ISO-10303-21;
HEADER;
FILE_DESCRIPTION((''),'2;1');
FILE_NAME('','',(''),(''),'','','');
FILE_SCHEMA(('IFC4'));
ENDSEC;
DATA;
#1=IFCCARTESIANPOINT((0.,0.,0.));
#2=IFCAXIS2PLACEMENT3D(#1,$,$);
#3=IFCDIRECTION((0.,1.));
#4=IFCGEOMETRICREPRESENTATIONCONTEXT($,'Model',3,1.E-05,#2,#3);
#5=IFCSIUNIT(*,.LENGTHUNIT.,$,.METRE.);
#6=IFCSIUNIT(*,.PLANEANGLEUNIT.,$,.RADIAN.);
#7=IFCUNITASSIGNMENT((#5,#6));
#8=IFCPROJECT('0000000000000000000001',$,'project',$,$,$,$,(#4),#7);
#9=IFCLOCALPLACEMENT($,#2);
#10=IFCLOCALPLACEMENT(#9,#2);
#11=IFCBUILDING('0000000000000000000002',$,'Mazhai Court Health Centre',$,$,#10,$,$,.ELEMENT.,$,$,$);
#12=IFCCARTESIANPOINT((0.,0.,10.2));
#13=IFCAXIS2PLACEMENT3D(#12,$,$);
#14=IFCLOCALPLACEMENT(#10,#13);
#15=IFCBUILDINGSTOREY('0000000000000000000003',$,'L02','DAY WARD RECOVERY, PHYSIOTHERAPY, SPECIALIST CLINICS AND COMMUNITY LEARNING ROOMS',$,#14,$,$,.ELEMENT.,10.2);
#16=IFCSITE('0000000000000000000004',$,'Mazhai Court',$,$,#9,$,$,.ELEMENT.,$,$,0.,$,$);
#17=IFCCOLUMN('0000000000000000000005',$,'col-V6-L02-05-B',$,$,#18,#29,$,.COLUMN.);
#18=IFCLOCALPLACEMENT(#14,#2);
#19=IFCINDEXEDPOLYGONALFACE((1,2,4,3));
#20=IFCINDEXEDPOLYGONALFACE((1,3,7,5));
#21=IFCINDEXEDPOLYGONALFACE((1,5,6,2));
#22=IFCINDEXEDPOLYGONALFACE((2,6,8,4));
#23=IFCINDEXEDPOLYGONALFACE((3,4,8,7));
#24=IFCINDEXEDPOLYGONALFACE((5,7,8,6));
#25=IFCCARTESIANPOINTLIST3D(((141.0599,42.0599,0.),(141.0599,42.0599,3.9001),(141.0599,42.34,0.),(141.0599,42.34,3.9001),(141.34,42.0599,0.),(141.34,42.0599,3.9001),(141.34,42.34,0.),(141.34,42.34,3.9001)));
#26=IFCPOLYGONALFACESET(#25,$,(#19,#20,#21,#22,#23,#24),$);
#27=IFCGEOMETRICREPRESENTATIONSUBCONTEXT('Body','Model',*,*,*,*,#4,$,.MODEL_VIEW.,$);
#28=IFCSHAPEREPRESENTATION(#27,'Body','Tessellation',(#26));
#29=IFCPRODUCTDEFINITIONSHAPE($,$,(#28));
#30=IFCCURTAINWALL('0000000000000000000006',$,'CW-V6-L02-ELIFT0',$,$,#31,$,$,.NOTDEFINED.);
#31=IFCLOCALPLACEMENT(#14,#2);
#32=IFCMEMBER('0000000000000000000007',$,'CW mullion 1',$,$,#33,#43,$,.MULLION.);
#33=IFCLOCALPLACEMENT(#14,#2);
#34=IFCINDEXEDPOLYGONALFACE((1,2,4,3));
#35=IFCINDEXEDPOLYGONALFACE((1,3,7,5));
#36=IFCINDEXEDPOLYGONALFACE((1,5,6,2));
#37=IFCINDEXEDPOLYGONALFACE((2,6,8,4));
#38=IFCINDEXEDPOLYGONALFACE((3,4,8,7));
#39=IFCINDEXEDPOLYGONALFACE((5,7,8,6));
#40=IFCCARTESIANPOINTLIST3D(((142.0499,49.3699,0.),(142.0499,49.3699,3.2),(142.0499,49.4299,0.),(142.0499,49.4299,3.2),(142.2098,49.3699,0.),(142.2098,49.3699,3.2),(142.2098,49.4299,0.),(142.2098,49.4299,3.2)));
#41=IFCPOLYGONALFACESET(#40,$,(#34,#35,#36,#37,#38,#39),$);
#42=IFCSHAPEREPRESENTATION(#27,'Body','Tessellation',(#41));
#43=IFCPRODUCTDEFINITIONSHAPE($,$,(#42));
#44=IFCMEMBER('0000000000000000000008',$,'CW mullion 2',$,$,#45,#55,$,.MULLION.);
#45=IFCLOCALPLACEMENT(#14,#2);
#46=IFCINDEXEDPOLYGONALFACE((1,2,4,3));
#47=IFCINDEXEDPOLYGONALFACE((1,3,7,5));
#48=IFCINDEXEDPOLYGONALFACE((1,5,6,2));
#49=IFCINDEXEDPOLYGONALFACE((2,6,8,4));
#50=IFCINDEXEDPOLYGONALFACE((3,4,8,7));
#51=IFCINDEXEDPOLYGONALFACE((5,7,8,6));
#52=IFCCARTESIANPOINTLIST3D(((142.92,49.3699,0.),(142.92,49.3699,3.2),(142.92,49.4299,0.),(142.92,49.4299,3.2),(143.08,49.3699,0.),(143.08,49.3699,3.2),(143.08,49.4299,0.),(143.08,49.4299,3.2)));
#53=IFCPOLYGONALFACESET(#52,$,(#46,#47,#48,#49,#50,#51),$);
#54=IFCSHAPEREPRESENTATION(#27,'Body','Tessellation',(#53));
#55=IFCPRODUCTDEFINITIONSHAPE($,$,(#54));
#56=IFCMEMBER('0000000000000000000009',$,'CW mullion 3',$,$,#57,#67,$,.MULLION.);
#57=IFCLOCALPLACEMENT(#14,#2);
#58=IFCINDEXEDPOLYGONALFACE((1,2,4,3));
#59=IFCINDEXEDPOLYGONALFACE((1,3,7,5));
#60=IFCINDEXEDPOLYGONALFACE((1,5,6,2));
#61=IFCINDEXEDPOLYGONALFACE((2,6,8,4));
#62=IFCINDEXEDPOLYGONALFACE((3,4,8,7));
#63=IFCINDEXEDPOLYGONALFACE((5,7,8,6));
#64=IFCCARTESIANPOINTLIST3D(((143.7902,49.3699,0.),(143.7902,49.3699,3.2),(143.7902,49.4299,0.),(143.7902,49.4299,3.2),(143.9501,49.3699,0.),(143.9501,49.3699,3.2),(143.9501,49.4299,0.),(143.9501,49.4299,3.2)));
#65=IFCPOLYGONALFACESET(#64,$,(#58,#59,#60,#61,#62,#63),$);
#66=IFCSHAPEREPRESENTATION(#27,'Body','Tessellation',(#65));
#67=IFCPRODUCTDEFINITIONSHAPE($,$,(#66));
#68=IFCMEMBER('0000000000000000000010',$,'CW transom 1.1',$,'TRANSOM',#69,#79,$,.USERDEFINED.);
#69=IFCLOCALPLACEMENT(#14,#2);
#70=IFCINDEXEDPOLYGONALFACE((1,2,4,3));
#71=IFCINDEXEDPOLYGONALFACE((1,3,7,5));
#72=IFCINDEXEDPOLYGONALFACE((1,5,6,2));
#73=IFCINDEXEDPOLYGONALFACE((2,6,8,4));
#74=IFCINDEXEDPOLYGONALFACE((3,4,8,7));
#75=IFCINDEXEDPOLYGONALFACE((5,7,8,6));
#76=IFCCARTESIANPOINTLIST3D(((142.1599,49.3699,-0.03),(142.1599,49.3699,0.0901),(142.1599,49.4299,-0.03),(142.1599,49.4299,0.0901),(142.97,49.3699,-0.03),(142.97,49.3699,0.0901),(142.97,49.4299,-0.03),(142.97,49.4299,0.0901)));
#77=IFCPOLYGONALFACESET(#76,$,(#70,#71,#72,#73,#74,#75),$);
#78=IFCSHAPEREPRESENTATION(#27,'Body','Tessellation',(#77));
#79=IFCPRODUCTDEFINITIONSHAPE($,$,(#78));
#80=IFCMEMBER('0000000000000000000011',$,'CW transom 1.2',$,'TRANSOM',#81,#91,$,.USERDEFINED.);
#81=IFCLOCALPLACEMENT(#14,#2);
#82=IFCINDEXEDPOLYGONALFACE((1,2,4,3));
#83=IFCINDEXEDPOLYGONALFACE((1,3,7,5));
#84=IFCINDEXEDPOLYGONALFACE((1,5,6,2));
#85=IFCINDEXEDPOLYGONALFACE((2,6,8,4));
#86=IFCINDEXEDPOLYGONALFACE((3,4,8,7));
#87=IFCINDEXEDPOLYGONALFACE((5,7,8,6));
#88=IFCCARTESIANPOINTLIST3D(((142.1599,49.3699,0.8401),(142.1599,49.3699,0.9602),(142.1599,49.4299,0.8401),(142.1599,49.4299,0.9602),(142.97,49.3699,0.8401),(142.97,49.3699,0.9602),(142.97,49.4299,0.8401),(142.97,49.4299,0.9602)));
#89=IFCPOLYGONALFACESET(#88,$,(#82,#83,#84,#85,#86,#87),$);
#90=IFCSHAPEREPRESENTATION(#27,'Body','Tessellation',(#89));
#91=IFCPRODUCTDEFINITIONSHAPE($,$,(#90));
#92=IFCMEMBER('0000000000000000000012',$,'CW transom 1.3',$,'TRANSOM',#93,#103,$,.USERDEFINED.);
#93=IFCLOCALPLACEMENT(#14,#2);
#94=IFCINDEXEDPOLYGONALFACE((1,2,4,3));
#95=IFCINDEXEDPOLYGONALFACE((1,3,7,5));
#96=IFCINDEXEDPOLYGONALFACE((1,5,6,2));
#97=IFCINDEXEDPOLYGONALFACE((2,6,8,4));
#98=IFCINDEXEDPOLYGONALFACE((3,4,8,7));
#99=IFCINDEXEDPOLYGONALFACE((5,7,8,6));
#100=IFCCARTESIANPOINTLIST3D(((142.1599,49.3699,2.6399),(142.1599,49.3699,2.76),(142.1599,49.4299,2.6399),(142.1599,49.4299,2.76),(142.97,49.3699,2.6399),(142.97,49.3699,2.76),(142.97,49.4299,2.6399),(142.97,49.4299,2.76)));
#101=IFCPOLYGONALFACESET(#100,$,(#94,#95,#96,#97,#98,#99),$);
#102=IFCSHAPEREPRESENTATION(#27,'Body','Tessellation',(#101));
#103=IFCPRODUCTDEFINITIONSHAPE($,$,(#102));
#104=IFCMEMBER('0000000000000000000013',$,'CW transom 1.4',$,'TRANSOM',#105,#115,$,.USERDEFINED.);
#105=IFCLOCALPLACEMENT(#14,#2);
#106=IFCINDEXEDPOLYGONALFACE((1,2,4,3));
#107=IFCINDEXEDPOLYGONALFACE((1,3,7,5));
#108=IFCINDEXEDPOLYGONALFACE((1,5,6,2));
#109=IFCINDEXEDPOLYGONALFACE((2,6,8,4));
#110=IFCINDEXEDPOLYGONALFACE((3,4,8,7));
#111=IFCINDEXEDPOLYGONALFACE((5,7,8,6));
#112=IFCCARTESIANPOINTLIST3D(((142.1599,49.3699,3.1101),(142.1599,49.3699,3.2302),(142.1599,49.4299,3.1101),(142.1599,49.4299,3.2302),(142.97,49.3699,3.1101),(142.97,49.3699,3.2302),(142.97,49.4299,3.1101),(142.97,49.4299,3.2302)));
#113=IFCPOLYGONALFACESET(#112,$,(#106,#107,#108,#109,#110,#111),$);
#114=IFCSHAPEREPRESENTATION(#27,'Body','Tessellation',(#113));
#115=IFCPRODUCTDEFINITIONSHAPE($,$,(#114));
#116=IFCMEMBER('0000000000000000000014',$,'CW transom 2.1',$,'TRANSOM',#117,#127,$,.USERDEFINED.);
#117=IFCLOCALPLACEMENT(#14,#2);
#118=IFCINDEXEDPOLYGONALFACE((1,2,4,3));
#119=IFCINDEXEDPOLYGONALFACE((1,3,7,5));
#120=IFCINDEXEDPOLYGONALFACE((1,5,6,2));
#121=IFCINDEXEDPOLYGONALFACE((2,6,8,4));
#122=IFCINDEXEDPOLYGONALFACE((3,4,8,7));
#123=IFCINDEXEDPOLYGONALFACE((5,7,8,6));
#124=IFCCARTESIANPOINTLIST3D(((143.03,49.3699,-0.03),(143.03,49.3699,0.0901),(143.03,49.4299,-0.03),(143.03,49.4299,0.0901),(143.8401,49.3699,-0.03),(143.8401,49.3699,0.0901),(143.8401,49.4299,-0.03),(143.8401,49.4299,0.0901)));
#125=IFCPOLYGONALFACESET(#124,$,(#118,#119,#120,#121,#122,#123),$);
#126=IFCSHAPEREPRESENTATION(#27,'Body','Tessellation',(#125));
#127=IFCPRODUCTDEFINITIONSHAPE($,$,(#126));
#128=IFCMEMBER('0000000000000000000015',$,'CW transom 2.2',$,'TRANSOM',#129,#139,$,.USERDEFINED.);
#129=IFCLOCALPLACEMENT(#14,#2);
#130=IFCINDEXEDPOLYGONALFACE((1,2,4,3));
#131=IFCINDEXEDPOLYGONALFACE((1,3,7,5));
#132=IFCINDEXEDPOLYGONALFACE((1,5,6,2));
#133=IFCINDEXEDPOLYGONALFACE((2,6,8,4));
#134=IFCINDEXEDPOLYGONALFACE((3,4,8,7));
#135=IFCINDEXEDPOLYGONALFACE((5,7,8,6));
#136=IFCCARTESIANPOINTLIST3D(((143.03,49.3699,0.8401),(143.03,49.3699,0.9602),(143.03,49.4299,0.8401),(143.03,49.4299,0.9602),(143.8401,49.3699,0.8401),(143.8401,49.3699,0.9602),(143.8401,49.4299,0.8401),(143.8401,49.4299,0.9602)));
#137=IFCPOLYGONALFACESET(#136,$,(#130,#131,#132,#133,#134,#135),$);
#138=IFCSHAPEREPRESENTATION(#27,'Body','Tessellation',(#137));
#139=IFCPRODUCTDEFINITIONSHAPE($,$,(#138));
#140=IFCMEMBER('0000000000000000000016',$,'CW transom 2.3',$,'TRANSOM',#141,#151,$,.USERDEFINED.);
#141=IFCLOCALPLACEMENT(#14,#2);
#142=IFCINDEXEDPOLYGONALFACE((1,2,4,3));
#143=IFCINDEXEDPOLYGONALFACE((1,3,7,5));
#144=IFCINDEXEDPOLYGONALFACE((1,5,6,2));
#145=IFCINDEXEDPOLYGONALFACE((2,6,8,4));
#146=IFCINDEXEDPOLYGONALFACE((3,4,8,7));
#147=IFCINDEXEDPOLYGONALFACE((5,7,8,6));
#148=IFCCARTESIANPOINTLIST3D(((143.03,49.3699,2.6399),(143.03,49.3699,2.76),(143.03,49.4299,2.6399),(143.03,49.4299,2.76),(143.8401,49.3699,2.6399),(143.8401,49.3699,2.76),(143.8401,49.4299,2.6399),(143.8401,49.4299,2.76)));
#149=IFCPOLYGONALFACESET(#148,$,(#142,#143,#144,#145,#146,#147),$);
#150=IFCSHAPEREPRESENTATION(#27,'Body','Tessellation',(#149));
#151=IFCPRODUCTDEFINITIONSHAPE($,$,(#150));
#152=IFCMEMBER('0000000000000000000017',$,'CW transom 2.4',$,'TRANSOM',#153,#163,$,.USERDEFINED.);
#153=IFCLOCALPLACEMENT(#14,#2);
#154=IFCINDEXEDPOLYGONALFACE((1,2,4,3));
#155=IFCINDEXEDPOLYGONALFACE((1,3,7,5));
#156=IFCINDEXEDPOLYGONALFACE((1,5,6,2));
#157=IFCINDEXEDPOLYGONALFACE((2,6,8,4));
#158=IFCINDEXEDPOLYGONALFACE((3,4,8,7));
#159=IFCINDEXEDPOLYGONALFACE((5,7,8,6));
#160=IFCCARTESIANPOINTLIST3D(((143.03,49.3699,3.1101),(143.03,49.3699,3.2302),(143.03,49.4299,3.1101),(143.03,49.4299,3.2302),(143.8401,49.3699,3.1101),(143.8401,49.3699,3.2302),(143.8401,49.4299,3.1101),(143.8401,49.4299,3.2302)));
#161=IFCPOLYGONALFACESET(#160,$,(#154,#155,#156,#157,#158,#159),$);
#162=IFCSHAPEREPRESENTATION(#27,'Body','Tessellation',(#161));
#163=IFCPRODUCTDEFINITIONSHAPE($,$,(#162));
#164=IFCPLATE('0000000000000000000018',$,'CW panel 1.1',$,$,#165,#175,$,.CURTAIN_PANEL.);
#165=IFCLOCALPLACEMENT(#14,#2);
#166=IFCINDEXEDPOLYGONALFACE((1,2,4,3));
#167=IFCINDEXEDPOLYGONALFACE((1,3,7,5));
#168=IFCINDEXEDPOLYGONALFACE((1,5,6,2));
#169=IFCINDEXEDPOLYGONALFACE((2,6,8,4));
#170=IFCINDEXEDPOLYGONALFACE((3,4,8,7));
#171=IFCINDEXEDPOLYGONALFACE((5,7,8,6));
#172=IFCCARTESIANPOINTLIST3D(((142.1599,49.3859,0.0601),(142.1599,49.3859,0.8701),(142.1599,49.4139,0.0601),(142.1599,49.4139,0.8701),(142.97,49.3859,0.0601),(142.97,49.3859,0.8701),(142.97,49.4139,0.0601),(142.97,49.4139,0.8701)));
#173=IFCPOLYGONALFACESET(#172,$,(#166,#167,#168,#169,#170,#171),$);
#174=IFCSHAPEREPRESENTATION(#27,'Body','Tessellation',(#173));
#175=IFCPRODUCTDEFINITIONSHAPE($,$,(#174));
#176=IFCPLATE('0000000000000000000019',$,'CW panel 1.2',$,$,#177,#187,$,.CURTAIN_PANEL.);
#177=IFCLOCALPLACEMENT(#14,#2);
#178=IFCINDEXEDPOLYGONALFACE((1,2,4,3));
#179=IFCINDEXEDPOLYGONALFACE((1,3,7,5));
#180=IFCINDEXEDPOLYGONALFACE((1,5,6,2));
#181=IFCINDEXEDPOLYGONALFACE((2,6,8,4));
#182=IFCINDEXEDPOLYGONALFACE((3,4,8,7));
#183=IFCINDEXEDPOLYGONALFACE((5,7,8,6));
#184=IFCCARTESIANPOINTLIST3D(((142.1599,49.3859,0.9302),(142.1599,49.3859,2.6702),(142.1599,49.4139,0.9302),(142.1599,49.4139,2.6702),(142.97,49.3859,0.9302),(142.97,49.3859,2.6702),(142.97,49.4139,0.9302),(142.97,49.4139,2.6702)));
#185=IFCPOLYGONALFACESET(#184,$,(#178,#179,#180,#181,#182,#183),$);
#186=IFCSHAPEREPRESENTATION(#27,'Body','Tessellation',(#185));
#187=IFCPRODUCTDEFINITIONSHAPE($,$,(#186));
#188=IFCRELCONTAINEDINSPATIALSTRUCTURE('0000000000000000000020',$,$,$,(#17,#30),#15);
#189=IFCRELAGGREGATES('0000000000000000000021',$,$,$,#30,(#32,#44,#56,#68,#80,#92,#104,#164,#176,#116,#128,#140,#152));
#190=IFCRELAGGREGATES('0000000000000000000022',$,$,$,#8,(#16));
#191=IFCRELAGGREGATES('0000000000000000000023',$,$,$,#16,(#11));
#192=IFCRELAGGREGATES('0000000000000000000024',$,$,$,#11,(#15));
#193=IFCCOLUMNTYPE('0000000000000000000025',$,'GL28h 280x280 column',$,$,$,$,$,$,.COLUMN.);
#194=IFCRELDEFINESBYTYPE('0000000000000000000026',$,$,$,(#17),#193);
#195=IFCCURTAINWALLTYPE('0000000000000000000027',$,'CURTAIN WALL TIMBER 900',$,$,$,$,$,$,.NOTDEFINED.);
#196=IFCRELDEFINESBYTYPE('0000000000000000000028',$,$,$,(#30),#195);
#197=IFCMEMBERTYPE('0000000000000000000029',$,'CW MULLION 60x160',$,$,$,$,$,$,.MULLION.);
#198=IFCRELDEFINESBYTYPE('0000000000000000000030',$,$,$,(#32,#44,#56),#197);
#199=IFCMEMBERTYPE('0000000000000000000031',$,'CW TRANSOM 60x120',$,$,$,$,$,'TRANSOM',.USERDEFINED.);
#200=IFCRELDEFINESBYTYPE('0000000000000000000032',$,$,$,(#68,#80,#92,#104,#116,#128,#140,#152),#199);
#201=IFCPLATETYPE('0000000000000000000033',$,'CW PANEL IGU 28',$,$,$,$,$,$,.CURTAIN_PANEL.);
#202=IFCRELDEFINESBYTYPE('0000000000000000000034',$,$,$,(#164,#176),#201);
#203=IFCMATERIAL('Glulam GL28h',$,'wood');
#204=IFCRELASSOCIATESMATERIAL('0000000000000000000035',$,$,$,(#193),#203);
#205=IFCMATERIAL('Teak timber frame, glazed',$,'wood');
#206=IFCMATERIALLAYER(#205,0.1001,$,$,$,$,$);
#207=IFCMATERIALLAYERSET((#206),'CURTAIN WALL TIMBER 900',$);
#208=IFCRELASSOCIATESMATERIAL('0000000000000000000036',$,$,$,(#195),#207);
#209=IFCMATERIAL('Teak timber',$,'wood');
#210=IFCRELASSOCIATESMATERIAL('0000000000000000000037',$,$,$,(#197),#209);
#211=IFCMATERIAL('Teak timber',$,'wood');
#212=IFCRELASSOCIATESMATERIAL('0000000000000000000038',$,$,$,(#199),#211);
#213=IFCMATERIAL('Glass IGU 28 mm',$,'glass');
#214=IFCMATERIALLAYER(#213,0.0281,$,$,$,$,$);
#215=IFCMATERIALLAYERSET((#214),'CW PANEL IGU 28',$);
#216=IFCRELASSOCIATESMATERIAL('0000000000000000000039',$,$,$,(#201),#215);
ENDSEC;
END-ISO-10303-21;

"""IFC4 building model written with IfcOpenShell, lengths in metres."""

from ifc_helpers import new_model, si_unit, direction, frame, origin, origin_2d, place, context, subcontext, project, spatial, rectangle, extrude, material, layer, layer_set, material_profile, profile_set, type_object, element, aggregate, save


model = new_model("IFC4")

# Units and contexts
model_context = context("Model", 3, precision=1e-05, world=origin(), true_north=direction((0.0, 1.0)))
body_context = subcontext(model_context, "Body", "Model", "MODEL_VIEW")
ifc_project = project(units=[si_unit("LENGTHUNIT", "METRE"), si_unit("PLANEANGLEUNIT", "RADIAN")], contexts=[model_context])

# Site, building, storey
site_placement = place(None, origin())
site = spatial("IfcSite", under=ifc_project, at=site_placement, Name="Mazhai Court", CompositionType="ELEMENT", RefElevation=0.0)
building_placement = place(site_placement, origin())
building = spatial("IfcBuilding", under=site, at=building_placement, Name="Mazhai Court Health Centre", CompositionType="ELEMENT")
storey_placement = place(building_placement, frame((0.0, 0.0, 10.2)))
storey = spatial("IfcBuildingStorey", under=building, at=storey_placement, Name="L02", Description="DAY WARD RECOVERY, PHYSIOTHERAPY, SPECIALIST CLINICS AND COMMUNITY LEARNING ROOMS", CompositionType="ELEMENT", Elevation=10.2)

# Column
ifc_material_1 = material(Name="Glulam GL28h", Category="wood")
ifc_material_profile_1 = material_profile(ifc_material_1, rectangle(XDim=0.28, YDim=0.28, at=origin_2d()), Name="GL28h 280x280")
ifc_profile_set_1 = profile_set([ifc_material_profile_1], Name="Glulam GL28h")
column_type = type_object("IfcColumnType", Name="GL28h 280x280 column", PredefinedType="COLUMN", material=ifc_profile_set_1)
column_placement = place(storey_placement, frame((141.2, 42.2, 0.0), z_axis=(0.0, 0.0, 1.0), x_axis=(1.0, 0.0, 0.0)))
element("IfcColumn", 1, at=column_placement, inside=storey, type_object=column_type, Name="col-V6-L02-05-B", PredefinedType="COLUMN", context=body_context, shape_type="SweptSolid", body=[
    extrude(rectangle(XDim=0.28, YDim=0.28, at=origin_2d()), origin(), (0.0, 0.0, 1.0), 3.9001),
])

# Curtain wall, members, plates
ifc_material_2 = material(Name="Teak timber frame, glazed", Category="wood")
ifc_layer_1 = layer(ifc_material_2, 0.1001)
ifc_layer_set_1 = layer_set([ifc_layer_1], Name="CURTAIN WALL TIMBER 900")
curtain_wall_type = type_object("IfcCurtainWallType", Name="CURTAIN WALL TIMBER 900", PredefinedType="NOTDEFINED", material=ifc_layer_set_1)
curtain_wall_placement = place(storey_placement, origin())
curtain_wall = element("IfcCurtainWall", 2, at=curtain_wall_placement, inside=storey, type_object=curtain_wall_type, Name="CW-V6-L02-ELIFT0", PredefinedType="NOTDEFINED")
ifc_material_3 = material(Name="Teak timber", Category="wood")
ifc_material_profile_2 = material_profile(ifc_material_3, rectangle(XDim=0.0601, YDim=0.1599, at=origin_2d()), Name="CW MULLION 60x160")
ifc_profile_set_2 = profile_set([ifc_material_profile_2], Name="Teak timber")
member_type_1 = type_object("IfcMemberType", Name="CW MULLION 60x160", PredefinedType="MULLION", material=ifc_profile_set_2)
member_1_placement = place(storey_placement, frame((142.1299, 49.3999, 0.0), z_axis=(0.0, 0.0, 1.0), x_axis=(0.0, 1.0, 0.0)))
member_1 = element("IfcMember", 3, at=member_1_placement, type_object=member_type_1, Name="CW mullion 1", PredefinedType="MULLION", context=body_context, shape_type="SweptSolid", body=[
    extrude(rectangle(XDim=0.0601, YDim=0.1599, at=origin_2d()), origin(), (0.0, 0.0, 1.0), 3.2),
])
member_2_placement = place(storey_placement, frame((143.0, 49.3999, 0.0), z_axis=(0.0, 0.0, 1.0), x_axis=(0.0, 1.0, 0.0)))
member_2 = element("IfcMember", 4, at=member_2_placement, type_object=member_type_1, Name="CW mullion 2", PredefinedType="MULLION", context=body_context, shape_type="SweptSolid", body=[
    extrude(rectangle(XDim=0.0601, YDim=0.1599, at=origin_2d()), origin(), (0.0, 0.0, 1.0), 3.2),
])
member_3_placement = place(storey_placement, frame((143.8701, 49.3999, 0.0), z_axis=(0.0, 0.0, 1.0), x_axis=(0.0, 1.0, 0.0)))
member_3 = element("IfcMember", 5, at=member_3_placement, type_object=member_type_1, Name="CW mullion 3", PredefinedType="MULLION", context=body_context, shape_type="SweptSolid", body=[
    extrude(rectangle(XDim=0.0601, YDim=0.1599, at=origin_2d()), origin(), (0.0, 0.0, 1.0), 3.2),
])
ifc_material_4 = material(Name="Teak timber", Category="wood")
ifc_material_profile_3 = material_profile(ifc_material_4, rectangle(XDim=0.0601, YDim=0.1201, at=origin_2d()), Name="CW TRANSOM 60x120")
ifc_profile_set_3 = profile_set([ifc_material_profile_3], Name="Teak timber")
member_type_2 = type_object("IfcMemberType", Name="CW TRANSOM 60x120", ElementType="TRANSOM", PredefinedType="USERDEFINED", material=ifc_profile_set_3)
member_4_placement = place(storey_placement, frame((142.1599, 49.3999, 0.03), z_axis=(1.0, 0.0, 0.0), x_axis=(0.0, 1.0, 0.0)))
member_4 = element("IfcMember", 6, at=member_4_placement, type_object=member_type_2, Name="CW transom 1.1", ObjectType="TRANSOM", PredefinedType="USERDEFINED", context=body_context, shape_type="SweptSolid", body=[
    extrude(rectangle(XDim=0.0601, YDim=0.1201, at=origin_2d()), origin(), (0.0, 0.0, 1.0), 0.8101),
])
member_5_placement = place(storey_placement, frame((142.1599, 49.3999, 0.9001), z_axis=(1.0, 0.0, 0.0), x_axis=(0.0, 1.0, 0.0)))
member_5 = element("IfcMember", 7, at=member_5_placement, type_object=member_type_2, Name="CW transom 1.2", ObjectType="TRANSOM", PredefinedType="USERDEFINED", context=body_context, shape_type="SweptSolid", body=[
    extrude(rectangle(XDim=0.0601, YDim=0.1201, at=origin_2d()), origin(), (0.0, 0.0, 1.0), 0.8101),
])
member_6_placement = place(storey_placement, frame((142.1599, 49.3999, 2.7), z_axis=(1.0, 0.0, 0.0), x_axis=(0.0, 1.0, 0.0)))
member_6 = element("IfcMember", 8, at=member_6_placement, type_object=member_type_2, Name="CW transom 1.3", ObjectType="TRANSOM", PredefinedType="USERDEFINED", context=body_context, shape_type="SweptSolid", body=[
    extrude(rectangle(XDim=0.0601, YDim=0.1201, at=origin_2d()), origin(), (0.0, 0.0, 1.0), 0.8101),
])
member_7_placement = place(storey_placement, frame((142.1599, 49.3999, 3.1702), z_axis=(1.0, 0.0, 0.0), x_axis=(0.0, 1.0, 0.0)))
member_7 = element("IfcMember", 9, at=member_7_placement, type_object=member_type_2, Name="CW transom 1.4", ObjectType="TRANSOM", PredefinedType="USERDEFINED", context=body_context, shape_type="SweptSolid", body=[
    extrude(rectangle(XDim=0.0601, YDim=0.1201, at=origin_2d()), origin(), (0.0, 0.0, 1.0), 0.8101),
])
member_8_placement = place(storey_placement, frame((143.03, 49.3999, 0.03), z_axis=(1.0, 0.0, 0.0), x_axis=(0.0, 1.0, 0.0)))
member_8 = element("IfcMember", 10, at=member_8_placement, type_object=member_type_2, Name="CW transom 2.1", ObjectType="TRANSOM", PredefinedType="USERDEFINED", context=body_context, shape_type="SweptSolid", body=[
    extrude(rectangle(XDim=0.0601, YDim=0.1201, at=origin_2d()), origin(), (0.0, 0.0, 1.0), 0.8101),
])
member_9_placement = place(storey_placement, frame((143.03, 49.3999, 0.9001), z_axis=(1.0, 0.0, 0.0), x_axis=(0.0, 1.0, 0.0)))
member_9 = element("IfcMember", 11, at=member_9_placement, type_object=member_type_2, Name="CW transom 2.2", ObjectType="TRANSOM", PredefinedType="USERDEFINED", context=body_context, shape_type="SweptSolid", body=[
    extrude(rectangle(XDim=0.0601, YDim=0.1201, at=origin_2d()), origin(), (0.0, 0.0, 1.0), 0.8101),
])
member_10_placement = place(storey_placement, frame((143.03, 49.3999, 2.7), z_axis=(1.0, 0.0, 0.0), x_axis=(0.0, 1.0, 0.0)))
member_10 = element("IfcMember", 12, at=member_10_placement, type_object=member_type_2, Name="CW transom 2.3", ObjectType="TRANSOM", PredefinedType="USERDEFINED", context=body_context, shape_type="SweptSolid", body=[
    extrude(rectangle(XDim=0.0601, YDim=0.1201, at=origin_2d()), origin(), (0.0, 0.0, 1.0), 0.8101),
])
member_11_placement = place(storey_placement, frame((143.03, 49.3999, 3.1702), z_axis=(1.0, 0.0, 0.0), x_axis=(0.0, 1.0, 0.0)))
member_11 = element("IfcMember", 13, at=member_11_placement, type_object=member_type_2, Name="CW transom 2.4", ObjectType="TRANSOM", PredefinedType="USERDEFINED", context=body_context, shape_type="SweptSolid", body=[
    extrude(rectangle(XDim=0.0601, YDim=0.1201, at=origin_2d()), origin(), (0.0, 0.0, 1.0), 0.8101),
])
ifc_material_5 = material(Name="Glass IGU 28 mm", Category="glass")
ifc_layer_2 = layer(ifc_material_5, 0.0281)
ifc_layer_set_2 = layer_set([ifc_layer_2], Name="CW PANEL IGU 28")
plate_type = type_object("IfcPlateType", Name="CW PANEL IGU 28", PredefinedType="CURTAIN_PANEL", material=ifc_layer_set_2)
plate_1_placement = place(storey_placement, frame((142.5649, 49.3999, 0.0601), z_axis=(0.0, 0.0, 1.0), x_axis=(1.0, 0.0, 0.0)))
plate_1 = element("IfcPlate", 14, at=plate_1_placement, type_object=plate_type, Name="CW panel 1.1", PredefinedType="CURTAIN_PANEL", context=body_context, shape_type="SweptSolid", body=[
    extrude(rectangle(XDim=0.8101, YDim=0.0281, at=origin_2d()), origin(), (0.0, 0.0, 1.0), 0.8101),
])
plate_2_placement = place(storey_placement, frame((142.5649, 49.3999, 0.9302), z_axis=(0.0, 0.0, 1.0), x_axis=(1.0, 0.0, 0.0)))
plate_2 = element("IfcPlate", 15, at=plate_2_placement, type_object=plate_type, Name="CW panel 1.2", PredefinedType="CURTAIN_PANEL", context=body_context, shape_type="SweptSolid", body=[
    extrude(rectangle(XDim=0.8101, YDim=0.0281, at=origin_2d()), origin(), (0.0, 0.0, 1.0), 1.74),
])
aggregate(curtain_wall, [member_1, member_2, member_3, member_4, member_5, member_6, member_7, plate_1, plate_2, member_8, member_9, member_10, member_11])

save(model, "model.ifc")
